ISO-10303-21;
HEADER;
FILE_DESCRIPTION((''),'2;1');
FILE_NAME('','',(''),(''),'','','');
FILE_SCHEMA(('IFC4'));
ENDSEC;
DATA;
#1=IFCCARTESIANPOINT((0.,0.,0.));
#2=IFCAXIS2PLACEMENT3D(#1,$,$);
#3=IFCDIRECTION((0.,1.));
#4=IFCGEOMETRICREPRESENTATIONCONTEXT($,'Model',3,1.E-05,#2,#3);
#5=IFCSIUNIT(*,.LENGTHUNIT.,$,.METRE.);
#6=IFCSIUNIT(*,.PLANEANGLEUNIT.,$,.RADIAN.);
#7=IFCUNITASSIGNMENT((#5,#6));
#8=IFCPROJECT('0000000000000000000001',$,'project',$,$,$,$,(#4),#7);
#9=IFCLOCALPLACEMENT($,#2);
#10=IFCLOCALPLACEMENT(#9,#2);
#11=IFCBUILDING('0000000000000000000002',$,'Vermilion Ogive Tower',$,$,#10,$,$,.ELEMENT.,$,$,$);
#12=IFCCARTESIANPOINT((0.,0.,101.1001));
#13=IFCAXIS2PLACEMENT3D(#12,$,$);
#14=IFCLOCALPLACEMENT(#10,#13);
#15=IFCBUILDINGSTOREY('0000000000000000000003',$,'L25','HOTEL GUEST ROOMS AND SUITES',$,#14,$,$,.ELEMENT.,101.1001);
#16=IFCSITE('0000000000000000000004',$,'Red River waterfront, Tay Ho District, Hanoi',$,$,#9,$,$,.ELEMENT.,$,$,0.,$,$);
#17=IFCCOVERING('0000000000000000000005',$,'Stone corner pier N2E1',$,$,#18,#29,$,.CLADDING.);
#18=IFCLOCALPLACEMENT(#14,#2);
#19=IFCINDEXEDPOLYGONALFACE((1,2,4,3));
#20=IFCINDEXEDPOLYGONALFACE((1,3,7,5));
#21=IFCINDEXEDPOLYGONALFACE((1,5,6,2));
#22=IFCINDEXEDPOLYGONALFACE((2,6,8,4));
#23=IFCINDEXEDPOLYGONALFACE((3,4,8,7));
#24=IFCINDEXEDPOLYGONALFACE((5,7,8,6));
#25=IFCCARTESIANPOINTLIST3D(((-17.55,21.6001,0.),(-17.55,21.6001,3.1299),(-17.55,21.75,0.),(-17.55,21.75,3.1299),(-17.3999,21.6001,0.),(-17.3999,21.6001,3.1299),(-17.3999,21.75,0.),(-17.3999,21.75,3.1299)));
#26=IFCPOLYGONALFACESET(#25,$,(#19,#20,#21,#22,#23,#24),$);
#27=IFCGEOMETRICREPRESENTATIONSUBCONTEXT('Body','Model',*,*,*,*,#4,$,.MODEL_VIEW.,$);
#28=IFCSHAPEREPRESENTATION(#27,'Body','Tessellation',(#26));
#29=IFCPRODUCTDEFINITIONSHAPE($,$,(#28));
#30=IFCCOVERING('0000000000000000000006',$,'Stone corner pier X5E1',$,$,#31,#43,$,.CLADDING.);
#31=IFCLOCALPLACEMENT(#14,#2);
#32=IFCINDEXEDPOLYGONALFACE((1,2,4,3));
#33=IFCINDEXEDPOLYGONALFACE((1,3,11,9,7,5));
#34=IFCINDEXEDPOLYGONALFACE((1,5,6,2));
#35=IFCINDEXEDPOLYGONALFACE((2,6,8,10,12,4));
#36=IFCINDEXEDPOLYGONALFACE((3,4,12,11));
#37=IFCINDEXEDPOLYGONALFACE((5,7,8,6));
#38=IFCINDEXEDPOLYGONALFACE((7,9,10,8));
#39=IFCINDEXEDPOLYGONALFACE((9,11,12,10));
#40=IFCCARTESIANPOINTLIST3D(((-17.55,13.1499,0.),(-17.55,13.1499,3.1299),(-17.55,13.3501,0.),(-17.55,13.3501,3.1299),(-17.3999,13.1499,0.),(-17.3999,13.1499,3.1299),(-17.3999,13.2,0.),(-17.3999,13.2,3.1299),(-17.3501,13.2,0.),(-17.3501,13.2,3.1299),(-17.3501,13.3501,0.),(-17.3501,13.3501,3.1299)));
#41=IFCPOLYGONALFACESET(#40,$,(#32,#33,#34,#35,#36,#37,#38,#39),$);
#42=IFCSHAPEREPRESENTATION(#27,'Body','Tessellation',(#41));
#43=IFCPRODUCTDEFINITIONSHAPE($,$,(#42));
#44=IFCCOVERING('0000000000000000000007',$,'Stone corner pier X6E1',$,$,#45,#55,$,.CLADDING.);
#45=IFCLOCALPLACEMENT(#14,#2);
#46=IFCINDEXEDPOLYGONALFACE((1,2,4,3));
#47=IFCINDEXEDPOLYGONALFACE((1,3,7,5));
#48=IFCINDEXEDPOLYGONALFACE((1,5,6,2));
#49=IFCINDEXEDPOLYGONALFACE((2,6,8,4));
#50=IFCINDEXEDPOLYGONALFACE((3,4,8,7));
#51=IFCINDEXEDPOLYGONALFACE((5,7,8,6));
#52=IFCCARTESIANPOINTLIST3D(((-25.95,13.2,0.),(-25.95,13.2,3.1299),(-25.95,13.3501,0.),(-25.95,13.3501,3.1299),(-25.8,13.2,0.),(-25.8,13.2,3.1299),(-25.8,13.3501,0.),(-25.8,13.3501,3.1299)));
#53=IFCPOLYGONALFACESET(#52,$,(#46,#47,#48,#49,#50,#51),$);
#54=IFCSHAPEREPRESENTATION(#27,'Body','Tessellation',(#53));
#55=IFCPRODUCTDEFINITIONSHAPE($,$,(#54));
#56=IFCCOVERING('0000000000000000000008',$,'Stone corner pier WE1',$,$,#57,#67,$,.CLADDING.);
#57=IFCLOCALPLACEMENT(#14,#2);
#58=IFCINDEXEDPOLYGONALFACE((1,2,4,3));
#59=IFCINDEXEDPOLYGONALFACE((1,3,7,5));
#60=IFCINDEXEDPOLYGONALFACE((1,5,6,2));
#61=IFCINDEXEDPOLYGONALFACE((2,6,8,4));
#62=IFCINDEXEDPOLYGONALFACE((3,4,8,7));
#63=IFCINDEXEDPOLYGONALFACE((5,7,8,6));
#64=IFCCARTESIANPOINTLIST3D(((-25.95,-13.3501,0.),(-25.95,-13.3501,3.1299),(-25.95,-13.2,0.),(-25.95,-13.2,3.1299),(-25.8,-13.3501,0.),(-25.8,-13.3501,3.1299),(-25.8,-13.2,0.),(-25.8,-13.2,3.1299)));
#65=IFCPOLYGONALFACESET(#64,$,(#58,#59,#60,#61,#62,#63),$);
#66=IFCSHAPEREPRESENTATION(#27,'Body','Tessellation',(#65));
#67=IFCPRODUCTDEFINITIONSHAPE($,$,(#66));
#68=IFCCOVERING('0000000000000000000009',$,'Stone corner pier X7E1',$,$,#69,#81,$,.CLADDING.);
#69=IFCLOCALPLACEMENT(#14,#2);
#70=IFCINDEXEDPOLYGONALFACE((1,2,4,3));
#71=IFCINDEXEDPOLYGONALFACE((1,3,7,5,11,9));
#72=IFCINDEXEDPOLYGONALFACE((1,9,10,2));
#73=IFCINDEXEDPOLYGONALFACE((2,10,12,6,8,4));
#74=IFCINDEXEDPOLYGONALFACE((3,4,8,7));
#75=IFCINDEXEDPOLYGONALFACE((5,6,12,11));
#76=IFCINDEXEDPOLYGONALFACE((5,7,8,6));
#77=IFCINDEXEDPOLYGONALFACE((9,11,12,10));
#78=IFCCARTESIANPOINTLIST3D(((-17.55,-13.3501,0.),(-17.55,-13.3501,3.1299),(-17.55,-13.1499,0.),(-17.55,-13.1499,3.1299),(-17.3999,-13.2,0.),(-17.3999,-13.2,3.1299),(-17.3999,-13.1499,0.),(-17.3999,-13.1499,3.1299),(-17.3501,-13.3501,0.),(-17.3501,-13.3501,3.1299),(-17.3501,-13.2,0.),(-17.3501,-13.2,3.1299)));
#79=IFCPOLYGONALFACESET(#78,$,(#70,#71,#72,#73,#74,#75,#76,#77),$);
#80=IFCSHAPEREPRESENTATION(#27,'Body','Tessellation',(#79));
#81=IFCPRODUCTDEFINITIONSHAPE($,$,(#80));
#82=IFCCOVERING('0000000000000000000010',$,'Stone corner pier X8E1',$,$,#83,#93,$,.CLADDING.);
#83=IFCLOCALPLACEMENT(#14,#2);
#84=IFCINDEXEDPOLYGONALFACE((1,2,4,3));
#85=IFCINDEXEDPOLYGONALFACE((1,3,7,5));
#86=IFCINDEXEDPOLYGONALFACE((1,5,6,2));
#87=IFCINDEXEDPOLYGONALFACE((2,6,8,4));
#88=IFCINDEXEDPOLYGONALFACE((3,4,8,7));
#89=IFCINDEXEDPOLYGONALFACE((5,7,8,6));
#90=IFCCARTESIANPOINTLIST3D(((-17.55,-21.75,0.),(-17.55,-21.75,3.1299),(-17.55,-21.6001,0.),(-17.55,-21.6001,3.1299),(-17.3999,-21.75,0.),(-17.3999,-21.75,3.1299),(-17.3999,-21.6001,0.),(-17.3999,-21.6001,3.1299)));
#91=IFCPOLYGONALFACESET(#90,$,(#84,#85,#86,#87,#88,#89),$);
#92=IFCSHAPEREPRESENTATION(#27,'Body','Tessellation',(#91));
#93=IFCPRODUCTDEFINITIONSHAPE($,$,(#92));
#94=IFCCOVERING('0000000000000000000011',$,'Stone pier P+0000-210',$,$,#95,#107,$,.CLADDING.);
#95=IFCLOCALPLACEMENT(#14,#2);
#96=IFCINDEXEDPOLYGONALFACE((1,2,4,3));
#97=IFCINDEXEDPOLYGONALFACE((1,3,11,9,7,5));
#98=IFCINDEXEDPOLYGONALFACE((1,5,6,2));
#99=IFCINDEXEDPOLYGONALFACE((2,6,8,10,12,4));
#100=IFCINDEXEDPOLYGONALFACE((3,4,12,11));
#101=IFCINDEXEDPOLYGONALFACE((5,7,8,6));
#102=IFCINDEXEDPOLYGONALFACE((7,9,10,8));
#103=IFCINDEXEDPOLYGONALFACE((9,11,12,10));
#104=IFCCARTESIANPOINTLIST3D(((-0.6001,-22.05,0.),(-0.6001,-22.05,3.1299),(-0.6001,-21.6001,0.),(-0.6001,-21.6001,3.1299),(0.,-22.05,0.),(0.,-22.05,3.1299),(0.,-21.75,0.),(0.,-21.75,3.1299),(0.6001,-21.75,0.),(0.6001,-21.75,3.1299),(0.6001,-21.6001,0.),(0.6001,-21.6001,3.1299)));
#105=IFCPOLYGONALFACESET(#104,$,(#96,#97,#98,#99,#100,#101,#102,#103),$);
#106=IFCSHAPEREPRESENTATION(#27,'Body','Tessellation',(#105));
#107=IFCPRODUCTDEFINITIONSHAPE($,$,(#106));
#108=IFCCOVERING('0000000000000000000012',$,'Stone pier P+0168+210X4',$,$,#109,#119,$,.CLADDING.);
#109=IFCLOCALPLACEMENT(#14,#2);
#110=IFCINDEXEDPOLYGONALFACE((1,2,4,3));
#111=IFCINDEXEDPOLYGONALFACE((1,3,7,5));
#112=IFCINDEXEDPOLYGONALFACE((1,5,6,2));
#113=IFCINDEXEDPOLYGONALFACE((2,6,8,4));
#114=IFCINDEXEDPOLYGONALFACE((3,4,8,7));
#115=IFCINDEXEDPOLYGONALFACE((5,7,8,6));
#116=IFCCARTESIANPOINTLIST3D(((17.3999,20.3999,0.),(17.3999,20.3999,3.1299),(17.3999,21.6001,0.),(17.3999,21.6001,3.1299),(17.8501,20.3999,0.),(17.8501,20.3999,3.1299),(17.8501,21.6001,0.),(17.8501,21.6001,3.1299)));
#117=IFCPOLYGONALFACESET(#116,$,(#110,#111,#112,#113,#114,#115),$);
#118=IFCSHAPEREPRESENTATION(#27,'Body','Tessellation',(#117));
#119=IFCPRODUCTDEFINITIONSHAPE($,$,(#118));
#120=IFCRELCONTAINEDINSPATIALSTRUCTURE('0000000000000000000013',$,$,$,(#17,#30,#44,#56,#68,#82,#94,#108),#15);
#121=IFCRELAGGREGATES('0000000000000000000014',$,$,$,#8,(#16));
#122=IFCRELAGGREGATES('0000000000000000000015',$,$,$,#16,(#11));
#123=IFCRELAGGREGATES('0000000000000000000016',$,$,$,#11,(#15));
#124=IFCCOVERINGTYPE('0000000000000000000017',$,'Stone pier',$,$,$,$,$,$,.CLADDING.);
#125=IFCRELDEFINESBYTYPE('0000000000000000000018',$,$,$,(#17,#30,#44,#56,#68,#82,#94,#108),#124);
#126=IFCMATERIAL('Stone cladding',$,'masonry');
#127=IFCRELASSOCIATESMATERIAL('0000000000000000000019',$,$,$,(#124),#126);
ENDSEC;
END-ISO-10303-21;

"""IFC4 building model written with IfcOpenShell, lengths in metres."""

from ifc_helpers import new_model, si_unit, direction, frame, origin, place, context, subcontext, project, spatial, polyline, outline, extrude, material, type_object, element, save


model = new_model("IFC4")

# Units and contexts
model_context = context("Model", 3, precision=1e-05, world=origin(), true_north=direction((0.0, 1.0)))
body_context = subcontext(model_context, "Body", "Model", "MODEL_VIEW")
ifc_project = project(units=[si_unit("LENGTHUNIT", "METRE"), si_unit("PLANEANGLEUNIT", "RADIAN")], contexts=[model_context])

# Site, building, storey
site_placement = place(None, origin())
site = spatial("IfcSite", under=ifc_project, at=site_placement, Name="Red River waterfront, Tay Ho District, Hanoi", CompositionType="ELEMENT", RefElevation=0.0)
building_placement = place(site_placement, origin())
building = spatial("IfcBuilding", under=site, at=building_placement, Name="Vermilion Ogive Tower", CompositionType="ELEMENT")
storey_placement = place(building_placement, frame((0.0, 0.0, 101.1001)))
storey = spatial("IfcBuildingStorey", under=building, at=storey_placement, Name="L25", Description="HOTEL GUEST ROOMS AND SUITES", CompositionType="ELEMENT", Elevation=101.1001)

# Coverings
ifc_material_1 = material(Name="Stone cladding", Category="masonry")
covering_type_1 = type_object("IfcCoveringType", Name="Stone pier", PredefinedType="CLADDING", material=ifc_material_1)
covering_1_placement = place(storey_placement, origin())
element("IfcCovering", 1, at=covering_1_placement, inside=storey, type_object=covering_type_1, Name="Stone corner pier N2E1", PredefinedType="CLADDING", context=body_context, shape_type="SweptSolid", body=[
    extrude(outline(polyline([(-17.3999, 21.75), (-17.3999, 21.6001), (-17.3999, 21.6001), (-17.55, 21.6001), (-17.55, 21.75), (-17.3999, 21.75)])), origin(), (0.0, 0.0, 1.0), 3.1299),
])
covering_2_placement = place(storey_placement, origin())
element("IfcCovering", 2, at=covering_2_placement, inside=storey, type_object=covering_type_1, Name="Stone corner pier X5E1", PredefinedType="CLADDING", context=body_context, shape_type="SweptSolid", body=[
    extrude(outline(polyline([(-17.3501, 13.2), (-17.3999, 13.2), (-17.3999, 13.1499), (-17.55, 13.1499), (-17.55, 13.3501), (-17.3501, 13.3501), (-17.3501, 13.2)])), origin(), (0.0, 0.0, 1.0), 3.1299),
])
covering_3_placement = place(storey_placement, origin())
element("IfcCovering", 3, at=covering_3_placement, inside=storey, type_object=covering_type_1, Name="Stone corner pier X6E1", PredefinedType="CLADDING", context=body_context, shape_type="SweptSolid", body=[
    extrude(outline(polyline([(-25.8, 13.3501), (-25.8, 13.2), (-25.95, 13.2), (-25.95, 13.3501), (-25.8, 13.3501)])), origin(), (0.0, 0.0, 1.0), 3.1299),
])
covering_4_placement = place(storey_placement, origin())
element("IfcCovering", 4, at=covering_4_placement, inside=storey, type_object=covering_type_1, Name="Stone corner pier WE1", PredefinedType="CLADDING", context=body_context, shape_type="SweptSolid", body=[
    extrude(outline(polyline([(-25.95, -13.2), (-25.8, -13.2), (-25.8, -13.3501), (-25.95, -13.3501), (-25.95, -13.2)])), origin(), (0.0, 0.0, 1.0), 3.1299),
])
covering_5_placement = place(storey_placement, origin())
element("IfcCovering", 5, at=covering_5_placement, inside=storey, type_object=covering_type_1, Name="Stone corner pier X7E1", PredefinedType="CLADDING", context=body_context, shape_type="SweptSolid", body=[
    extrude(outline(polyline([(-17.3999, -13.1499), (-17.3999, -13.2), (-17.3501, -13.2), (-17.3501, -13.3501), (-17.55, -13.3501), (-17.55, -13.1499), (-17.3999, -13.1499)])), origin(), (0.0, 0.0, 1.0), 3.1299),
])
covering_6_placement = place(storey_placement, origin())
element("IfcCovering", 6, at=covering_6_placement, inside=storey, type_object=covering_type_1, Name="Stone corner pier X8E1", PredefinedType="CLADDING", context=body_context, shape_type="SweptSolid", body=[
    extrude(outline(polyline([(-17.55, -21.6001), (-17.3999, -21.6001), (-17.3999, -21.6001), (-17.3999, -21.75), (-17.55, -21.75), (-17.55, -21.6001)])), origin(), (0.0, 0.0, 1.0), 3.1299),
])
covering_7_placement = place(storey_placement, origin())
element("IfcCovering", 7, at=covering_7_placement, inside=storey, type_object=covering_type_1, Name="Stone pier P+0000-210", PredefinedType="CLADDING", context=body_context, shape_type="SweptSolid", body=[
    extrude(outline(polyline([(0.6001, -21.6001), (0.6001, -21.6001), (0.6001, -22.05), (0.6001, -22.05), (0.6001, -21.75), (0.0, -21.75), (0.0, -22.05), (-0.6001, -22.05), (-0.6001, -21.6001), (-0.6001, -21.6001), (0.6001, -21.6001)])), origin(), (0.0, 0.0, 1.0), 3.1299),
])
covering_8_placement = place(storey_placement, origin())
element("IfcCovering", 8, at=covering_8_placement, inside=storey, type_object=covering_type_1, Name="Stone pier P+0168+210X4", PredefinedType="CLADDING", context=body_context, shape_type="SweptSolid", body=[
    extrude(outline(polyline([(17.8501, 21.6001), (17.8501, 20.3999), (17.3999, 20.3999), (17.3999, 21.6001), (17.8501, 21.6001)])), origin(), (0.0, 0.0, 1.0), 3.1299),
])

save(model, "model.ifc")
